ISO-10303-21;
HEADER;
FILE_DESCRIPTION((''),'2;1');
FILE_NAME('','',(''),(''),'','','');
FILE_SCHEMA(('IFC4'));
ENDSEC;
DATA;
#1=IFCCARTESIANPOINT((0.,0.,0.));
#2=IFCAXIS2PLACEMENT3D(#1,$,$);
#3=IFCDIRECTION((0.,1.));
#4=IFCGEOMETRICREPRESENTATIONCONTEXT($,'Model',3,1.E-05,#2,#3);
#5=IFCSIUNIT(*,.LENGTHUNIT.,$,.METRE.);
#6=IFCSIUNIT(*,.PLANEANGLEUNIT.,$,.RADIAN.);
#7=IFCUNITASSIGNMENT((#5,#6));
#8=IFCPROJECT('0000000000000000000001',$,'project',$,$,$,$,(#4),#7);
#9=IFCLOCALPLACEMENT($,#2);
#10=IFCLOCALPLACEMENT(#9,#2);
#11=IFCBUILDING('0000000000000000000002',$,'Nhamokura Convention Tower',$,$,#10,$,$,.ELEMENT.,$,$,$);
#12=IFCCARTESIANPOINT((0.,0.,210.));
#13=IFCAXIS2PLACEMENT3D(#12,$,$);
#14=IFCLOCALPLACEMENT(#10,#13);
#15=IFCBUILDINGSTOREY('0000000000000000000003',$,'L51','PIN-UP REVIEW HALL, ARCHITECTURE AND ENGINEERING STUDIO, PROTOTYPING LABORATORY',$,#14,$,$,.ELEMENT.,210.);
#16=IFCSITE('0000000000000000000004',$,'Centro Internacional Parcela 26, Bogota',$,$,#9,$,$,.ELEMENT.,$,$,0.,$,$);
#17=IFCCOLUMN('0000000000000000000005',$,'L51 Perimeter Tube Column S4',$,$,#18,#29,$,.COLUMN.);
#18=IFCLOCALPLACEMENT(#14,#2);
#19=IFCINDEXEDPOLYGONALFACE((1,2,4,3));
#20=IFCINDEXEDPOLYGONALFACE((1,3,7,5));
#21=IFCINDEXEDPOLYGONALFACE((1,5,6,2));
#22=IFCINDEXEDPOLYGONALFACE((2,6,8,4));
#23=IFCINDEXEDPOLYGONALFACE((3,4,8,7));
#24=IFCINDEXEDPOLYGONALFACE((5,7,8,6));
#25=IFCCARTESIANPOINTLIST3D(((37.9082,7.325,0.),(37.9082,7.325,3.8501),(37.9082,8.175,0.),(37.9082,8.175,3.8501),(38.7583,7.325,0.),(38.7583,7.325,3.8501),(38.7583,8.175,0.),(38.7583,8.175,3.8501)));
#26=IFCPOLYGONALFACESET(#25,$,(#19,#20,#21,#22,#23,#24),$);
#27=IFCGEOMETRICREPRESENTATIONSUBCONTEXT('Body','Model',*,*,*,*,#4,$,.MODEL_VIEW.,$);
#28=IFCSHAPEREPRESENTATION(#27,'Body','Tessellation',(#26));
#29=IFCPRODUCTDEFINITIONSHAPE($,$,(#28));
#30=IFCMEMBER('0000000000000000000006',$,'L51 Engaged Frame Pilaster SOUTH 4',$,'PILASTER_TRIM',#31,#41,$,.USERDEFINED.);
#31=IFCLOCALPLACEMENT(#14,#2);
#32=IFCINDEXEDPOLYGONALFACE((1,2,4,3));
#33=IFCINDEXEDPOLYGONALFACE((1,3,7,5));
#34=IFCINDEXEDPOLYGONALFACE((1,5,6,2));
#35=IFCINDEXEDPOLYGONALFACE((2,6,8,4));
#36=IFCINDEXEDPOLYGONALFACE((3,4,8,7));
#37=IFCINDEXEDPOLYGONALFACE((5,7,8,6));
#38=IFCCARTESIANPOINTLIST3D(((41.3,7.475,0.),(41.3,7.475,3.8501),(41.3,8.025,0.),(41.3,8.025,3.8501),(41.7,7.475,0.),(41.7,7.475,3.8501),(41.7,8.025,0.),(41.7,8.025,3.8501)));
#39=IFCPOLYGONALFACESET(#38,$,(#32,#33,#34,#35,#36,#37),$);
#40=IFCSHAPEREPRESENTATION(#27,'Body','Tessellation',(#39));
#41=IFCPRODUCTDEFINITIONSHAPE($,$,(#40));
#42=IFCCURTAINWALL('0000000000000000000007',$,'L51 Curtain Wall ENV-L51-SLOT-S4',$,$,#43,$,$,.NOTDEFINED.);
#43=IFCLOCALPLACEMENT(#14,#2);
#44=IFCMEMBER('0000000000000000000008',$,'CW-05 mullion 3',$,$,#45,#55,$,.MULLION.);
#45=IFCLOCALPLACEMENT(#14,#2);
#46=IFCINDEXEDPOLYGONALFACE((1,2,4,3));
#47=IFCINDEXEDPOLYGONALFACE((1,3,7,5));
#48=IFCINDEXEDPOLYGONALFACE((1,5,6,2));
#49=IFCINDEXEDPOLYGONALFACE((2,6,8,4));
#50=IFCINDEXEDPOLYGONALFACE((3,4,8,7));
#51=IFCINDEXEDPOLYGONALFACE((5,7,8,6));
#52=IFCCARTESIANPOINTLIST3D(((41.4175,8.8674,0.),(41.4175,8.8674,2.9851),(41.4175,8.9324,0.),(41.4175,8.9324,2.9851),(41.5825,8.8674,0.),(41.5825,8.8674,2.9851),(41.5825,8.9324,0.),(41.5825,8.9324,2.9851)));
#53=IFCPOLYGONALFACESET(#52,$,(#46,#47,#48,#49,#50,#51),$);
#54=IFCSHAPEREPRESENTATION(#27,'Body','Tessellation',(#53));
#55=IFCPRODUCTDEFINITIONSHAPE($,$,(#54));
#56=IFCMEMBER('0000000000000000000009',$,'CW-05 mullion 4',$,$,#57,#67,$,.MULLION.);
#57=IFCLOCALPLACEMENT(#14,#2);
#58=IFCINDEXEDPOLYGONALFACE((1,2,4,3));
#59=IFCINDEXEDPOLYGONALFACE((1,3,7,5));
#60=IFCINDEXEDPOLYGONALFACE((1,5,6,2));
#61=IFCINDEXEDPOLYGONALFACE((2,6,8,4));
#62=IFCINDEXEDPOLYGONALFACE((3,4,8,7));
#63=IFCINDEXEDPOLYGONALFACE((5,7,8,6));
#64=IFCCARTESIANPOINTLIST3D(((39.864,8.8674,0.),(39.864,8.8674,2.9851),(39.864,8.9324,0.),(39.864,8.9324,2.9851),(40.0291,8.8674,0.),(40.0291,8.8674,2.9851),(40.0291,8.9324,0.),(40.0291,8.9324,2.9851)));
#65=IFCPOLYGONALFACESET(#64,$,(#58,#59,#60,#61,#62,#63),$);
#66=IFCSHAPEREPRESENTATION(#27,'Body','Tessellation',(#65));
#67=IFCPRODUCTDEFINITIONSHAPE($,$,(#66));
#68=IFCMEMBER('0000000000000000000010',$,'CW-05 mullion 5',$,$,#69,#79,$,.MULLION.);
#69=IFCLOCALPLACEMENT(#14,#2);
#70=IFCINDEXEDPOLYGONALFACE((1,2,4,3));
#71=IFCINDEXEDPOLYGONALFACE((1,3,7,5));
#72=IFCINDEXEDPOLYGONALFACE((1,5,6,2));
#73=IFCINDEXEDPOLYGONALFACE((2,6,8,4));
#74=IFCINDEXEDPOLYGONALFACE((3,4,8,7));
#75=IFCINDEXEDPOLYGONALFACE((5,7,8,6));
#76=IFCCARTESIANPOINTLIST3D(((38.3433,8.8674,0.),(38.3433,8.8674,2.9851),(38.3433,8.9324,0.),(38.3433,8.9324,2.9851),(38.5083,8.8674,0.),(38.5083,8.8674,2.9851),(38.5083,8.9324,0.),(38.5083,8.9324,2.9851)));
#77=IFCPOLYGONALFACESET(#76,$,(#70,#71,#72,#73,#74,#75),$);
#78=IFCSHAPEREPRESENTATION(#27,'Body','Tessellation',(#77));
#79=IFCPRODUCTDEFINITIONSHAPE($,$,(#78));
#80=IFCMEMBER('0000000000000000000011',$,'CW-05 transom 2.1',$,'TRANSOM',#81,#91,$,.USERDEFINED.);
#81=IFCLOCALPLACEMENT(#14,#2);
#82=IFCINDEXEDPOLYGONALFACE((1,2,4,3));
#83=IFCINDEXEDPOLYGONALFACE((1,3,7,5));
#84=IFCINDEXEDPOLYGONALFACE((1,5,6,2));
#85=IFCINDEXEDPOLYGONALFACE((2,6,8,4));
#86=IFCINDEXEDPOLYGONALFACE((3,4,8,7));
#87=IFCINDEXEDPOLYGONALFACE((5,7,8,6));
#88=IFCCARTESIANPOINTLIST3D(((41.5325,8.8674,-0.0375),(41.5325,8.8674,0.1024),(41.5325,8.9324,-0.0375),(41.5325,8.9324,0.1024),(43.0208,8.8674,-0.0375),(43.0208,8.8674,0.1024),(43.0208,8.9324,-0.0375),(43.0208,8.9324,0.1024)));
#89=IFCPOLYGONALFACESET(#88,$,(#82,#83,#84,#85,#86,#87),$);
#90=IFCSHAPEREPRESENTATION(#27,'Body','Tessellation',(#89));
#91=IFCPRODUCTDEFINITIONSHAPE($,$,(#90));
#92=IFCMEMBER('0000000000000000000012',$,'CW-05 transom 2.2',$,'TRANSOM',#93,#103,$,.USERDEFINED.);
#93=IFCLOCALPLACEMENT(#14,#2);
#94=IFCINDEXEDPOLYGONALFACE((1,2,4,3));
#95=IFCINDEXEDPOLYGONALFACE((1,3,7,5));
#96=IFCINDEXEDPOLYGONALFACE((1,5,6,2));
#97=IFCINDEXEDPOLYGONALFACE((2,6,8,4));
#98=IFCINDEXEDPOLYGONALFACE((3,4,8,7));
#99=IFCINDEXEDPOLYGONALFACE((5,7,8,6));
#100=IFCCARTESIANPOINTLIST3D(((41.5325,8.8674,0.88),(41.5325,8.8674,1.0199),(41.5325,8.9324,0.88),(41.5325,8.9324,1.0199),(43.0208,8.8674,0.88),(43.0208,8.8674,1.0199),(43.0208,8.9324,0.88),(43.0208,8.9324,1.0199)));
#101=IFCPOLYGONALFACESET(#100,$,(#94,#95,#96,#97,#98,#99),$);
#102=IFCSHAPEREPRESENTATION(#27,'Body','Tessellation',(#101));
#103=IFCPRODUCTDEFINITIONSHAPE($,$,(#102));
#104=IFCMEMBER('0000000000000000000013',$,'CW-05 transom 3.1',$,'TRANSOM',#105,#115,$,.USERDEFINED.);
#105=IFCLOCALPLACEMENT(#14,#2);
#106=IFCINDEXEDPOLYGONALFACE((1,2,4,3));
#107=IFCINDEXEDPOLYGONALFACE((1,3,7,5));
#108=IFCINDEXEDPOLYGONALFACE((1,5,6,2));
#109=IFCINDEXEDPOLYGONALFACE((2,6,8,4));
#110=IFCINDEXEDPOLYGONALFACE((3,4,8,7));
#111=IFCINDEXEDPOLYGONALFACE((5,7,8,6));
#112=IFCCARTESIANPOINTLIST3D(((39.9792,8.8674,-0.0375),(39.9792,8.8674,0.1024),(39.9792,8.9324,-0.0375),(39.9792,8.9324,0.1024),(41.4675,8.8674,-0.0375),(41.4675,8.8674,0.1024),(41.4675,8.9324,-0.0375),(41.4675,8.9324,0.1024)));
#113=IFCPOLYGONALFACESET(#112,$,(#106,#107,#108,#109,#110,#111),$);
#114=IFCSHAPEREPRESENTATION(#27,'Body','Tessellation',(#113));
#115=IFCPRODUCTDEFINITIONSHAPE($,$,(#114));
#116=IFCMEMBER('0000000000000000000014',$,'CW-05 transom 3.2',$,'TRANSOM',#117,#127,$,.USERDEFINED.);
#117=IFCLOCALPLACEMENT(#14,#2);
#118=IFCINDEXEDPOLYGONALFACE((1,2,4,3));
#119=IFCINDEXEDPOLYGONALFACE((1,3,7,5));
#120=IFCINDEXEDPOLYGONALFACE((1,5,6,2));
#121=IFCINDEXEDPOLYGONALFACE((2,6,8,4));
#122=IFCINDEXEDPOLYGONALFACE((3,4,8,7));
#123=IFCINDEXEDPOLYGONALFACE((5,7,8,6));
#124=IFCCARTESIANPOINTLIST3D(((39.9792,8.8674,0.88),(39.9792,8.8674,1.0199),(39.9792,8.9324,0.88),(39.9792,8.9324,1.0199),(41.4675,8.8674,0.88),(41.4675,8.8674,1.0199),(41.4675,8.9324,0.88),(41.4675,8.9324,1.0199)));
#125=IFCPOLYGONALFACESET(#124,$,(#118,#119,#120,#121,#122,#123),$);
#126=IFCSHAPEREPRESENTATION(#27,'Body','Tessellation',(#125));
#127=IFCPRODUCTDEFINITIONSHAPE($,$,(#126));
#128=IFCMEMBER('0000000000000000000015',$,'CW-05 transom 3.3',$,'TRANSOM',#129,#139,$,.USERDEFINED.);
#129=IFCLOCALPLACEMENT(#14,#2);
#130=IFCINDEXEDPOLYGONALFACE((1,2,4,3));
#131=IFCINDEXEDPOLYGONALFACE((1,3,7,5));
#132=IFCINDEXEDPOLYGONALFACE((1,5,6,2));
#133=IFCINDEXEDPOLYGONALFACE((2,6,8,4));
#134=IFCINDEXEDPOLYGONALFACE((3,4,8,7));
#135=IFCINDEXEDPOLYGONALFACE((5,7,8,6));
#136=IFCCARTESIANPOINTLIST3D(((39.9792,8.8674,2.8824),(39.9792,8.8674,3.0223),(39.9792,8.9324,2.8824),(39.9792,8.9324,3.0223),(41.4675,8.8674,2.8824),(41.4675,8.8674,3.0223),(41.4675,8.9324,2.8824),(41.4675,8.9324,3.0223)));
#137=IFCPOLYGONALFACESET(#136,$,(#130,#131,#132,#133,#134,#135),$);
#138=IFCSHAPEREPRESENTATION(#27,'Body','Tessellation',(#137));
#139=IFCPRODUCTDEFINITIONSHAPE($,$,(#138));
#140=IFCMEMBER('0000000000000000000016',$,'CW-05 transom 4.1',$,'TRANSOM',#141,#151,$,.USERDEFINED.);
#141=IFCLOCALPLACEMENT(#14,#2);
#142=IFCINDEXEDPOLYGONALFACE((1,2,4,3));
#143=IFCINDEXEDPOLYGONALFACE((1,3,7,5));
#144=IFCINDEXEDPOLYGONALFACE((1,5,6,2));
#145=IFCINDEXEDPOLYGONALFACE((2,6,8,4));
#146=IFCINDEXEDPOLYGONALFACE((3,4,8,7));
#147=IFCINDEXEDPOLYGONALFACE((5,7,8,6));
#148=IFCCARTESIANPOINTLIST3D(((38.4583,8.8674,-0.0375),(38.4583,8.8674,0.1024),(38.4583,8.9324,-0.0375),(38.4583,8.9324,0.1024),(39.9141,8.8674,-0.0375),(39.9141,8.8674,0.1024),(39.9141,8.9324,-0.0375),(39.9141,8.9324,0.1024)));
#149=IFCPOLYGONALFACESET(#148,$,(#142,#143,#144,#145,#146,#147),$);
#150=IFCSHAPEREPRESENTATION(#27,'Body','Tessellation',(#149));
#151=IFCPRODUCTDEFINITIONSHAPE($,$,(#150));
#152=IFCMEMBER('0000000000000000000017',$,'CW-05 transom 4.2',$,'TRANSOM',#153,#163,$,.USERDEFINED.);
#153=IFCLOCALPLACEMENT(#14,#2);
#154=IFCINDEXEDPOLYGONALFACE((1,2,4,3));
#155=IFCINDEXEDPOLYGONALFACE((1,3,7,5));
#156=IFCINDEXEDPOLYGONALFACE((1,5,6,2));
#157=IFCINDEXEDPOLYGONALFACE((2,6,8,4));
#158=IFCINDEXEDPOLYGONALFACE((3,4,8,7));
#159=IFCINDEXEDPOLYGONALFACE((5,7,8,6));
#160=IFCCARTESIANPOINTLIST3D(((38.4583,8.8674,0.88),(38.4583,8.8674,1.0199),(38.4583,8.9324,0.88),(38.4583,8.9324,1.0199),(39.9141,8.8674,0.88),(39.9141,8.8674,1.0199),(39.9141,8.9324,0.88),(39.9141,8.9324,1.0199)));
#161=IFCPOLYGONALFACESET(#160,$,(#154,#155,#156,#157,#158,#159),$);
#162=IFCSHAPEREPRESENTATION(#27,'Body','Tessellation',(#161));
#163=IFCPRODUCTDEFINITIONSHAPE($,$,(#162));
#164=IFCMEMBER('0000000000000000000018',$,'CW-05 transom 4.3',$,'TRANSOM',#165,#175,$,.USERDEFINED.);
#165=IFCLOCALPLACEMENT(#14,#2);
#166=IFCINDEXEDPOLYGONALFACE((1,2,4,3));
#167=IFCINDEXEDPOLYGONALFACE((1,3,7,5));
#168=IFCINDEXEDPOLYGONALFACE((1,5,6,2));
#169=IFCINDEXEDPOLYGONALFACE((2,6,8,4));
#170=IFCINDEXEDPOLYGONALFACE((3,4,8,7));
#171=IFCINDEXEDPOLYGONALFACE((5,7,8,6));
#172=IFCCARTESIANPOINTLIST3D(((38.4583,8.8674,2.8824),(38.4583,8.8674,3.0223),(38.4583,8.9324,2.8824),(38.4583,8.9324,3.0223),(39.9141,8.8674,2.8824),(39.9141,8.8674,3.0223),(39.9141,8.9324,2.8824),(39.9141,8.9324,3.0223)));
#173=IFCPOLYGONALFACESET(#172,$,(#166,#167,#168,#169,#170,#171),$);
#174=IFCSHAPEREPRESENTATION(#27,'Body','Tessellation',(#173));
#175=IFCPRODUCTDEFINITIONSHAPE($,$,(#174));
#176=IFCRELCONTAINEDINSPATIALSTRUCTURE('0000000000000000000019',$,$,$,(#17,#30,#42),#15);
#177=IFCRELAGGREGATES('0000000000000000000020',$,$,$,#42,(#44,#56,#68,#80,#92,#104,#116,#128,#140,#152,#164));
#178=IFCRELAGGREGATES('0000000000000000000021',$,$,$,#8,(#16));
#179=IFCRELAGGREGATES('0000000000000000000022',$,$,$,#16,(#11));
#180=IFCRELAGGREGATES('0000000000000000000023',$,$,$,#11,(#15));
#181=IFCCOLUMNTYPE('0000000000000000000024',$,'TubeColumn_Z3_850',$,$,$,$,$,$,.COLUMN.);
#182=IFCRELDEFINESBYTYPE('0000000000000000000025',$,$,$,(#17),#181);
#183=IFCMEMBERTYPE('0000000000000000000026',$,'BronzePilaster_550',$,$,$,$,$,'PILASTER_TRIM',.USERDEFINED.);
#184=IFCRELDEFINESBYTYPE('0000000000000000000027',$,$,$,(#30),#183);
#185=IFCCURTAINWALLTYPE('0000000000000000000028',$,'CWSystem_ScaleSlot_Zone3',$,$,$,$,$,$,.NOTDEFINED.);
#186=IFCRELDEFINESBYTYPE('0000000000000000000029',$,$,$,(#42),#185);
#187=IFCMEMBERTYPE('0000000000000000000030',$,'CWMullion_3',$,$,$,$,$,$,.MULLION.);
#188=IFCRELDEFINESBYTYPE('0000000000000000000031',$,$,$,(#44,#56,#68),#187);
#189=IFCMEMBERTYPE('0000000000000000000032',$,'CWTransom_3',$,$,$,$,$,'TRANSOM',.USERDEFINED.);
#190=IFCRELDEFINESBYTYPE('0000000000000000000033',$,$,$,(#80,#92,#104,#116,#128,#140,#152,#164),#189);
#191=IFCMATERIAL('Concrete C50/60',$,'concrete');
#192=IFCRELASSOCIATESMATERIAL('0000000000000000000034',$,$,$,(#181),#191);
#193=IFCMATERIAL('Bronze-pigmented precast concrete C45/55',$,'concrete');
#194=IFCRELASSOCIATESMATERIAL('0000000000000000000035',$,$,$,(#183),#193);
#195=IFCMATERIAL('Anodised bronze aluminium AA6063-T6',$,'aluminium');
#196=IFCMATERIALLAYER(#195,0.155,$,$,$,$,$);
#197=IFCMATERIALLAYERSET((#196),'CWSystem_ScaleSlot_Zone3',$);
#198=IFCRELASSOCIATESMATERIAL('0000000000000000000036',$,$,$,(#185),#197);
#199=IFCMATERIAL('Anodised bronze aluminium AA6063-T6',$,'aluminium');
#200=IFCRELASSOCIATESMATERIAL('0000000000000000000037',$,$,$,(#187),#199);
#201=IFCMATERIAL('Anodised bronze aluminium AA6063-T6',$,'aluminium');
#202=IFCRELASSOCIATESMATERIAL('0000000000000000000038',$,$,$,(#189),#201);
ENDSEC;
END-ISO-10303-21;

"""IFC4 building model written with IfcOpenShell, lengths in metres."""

from ifc_helpers import new_model, si_unit, direction, frame, origin, origin_2d, place, context, subcontext, project, spatial, rectangle, extrude, material, layer, layer_set, material_profile, profile_set, type_object, element, aggregate, save


model = new_model("IFC4")

# Units and contexts
model_context = context("Model", 3, precision=1e-05, world=origin(), true_north=direction((0.0, 1.0)))
body_context = subcontext(model_context, "Body", "Model", "MODEL_VIEW")
ifc_project = project(units=[si_unit("LENGTHUNIT", "METRE"), si_unit("PLANEANGLEUNIT", "RADIAN")], contexts=[model_context])

# Site, building, storey
site_placement = place(None, origin())
site = spatial("IfcSite", under=ifc_project, at=site_placement, Name="Centro Internacional Parcela 26, Bogota", CompositionType="ELEMENT", RefElevation=0.0)
building_placement = place(site_placement, origin())
building = spatial("IfcBuilding", under=site, at=building_placement, Name="Nhamokura Convention Tower", CompositionType="ELEMENT")
storey_placement = place(building_placement, frame((0.0, 0.0, 210.0)))
storey = spatial("IfcBuildingStorey", under=building, at=storey_placement, Name="L51", Description="PIN-UP REVIEW HALL, ARCHITECTURE AND ENGINEERING STUDIO, PROTOTYPING LABORATORY", CompositionType="ELEMENT", Elevation=210.0)

# Column
ifc_material_1 = material(Name="Concrete C50/60", Category="concrete")
ifc_material_profile_1 = material_profile(ifc_material_1, rectangle(XDim=0.8501, YDim=0.8501, at=origin_2d()))
ifc_profile_set_1 = profile_set([ifc_material_profile_1], Name="Concrete C50/60")
column_type = type_object("IfcColumnType", Name="TubeColumn_Z3_850", PredefinedType="COLUMN", material=ifc_profile_set_1)
column_placement = place(storey_placement, frame((38.3333, 7.75, 0.0), z_axis=(0.0, 0.0, 1.0), x_axis=(1.0, 0.0, 0.0)))
element("IfcColumn", 1, at=column_placement, inside=storey, type_object=column_type, Name="L51 Perimeter Tube Column S4", PredefinedType="COLUMN", context=body_context, shape_type="SweptSolid", body=[
    extrude(rectangle(XDim=0.8501, YDim=0.8501, at=origin_2d()), origin(), (0.0, 0.0, 1.0), 3.8501),
])

# Member
ifc_material_2 = material(Name="Bronze-pigmented precast concrete C45/55", Category="concrete")
ifc_material_profile_2 = material_profile(ifc_material_2, rectangle(XDim=0.3999, YDim=0.55, at=origin_2d()))
ifc_profile_set_2 = profile_set([ifc_material_profile_2], Name="Bronze-pigmented precast concrete C45/55")
member_type_1 = type_object("IfcMemberType", Name="BronzePilaster_550", ElementType="PILASTER_TRIM", PredefinedType="USERDEFINED", material=ifc_profile_set_2)
member_1_placement = place(storey_placement, frame((41.5, 7.75, 0.0), z_axis=(0.0, 0.0, 1.0), x_axis=(1.0, 0.0, 0.0)))
element("IfcMember", 2, at=member_1_placement, inside=storey, type_object=member_type_1, Name="L51 Engaged Frame Pilaster SOUTH 4", ObjectType="PILASTER_TRIM", PredefinedType="USERDEFINED", context=body_context, shape_type="SweptSolid", body=[
    extrude(rectangle(XDim=0.3999, YDim=0.55, at=origin_2d()), origin(), (0.0, 0.0, 1.0), 3.8501),
])

# Curtain wall, members
ifc_material_3 = material(Name="Anodised bronze aluminium AA6063-T6", Category="aluminium")
ifc_layer_1 = layer(ifc_material_3, 0.155)
ifc_layer_set_1 = layer_set([ifc_layer_1], Name="CWSystem_ScaleSlot_Zone3")
curtain_wall_type = type_object("IfcCurtainWallType", Name="CWSystem_ScaleSlot_Zone3", PredefinedType="NOTDEFINED", material=ifc_layer_set_1)
curtain_wall_placement = place(storey_placement, origin())
curtain_wall = element("IfcCurtainWall", 3, at=curtain_wall_placement, inside=storey, type_object=curtain_wall_type, Name="L51 Curtain Wall ENV-L51-SLOT-S4", PredefinedType="NOTDEFINED")
ifc_material_4 = material(Name="Anodised bronze aluminium AA6063-T6", Category="aluminium")
ifc_material_profile_3 = material_profile(ifc_material_4, rectangle(XDim=0.0649, YDim=0.165, at=origin_2d()))
ifc_profile_set_3 = profile_set([ifc_material_profile_3], Name="Anodised bronze aluminium AA6063-T6")
member_type_2 = type_object("IfcMemberType", Name="CWMullion_3", PredefinedType="MULLION", material=ifc_profile_set_3)
member_2_placement = place(storey_placement, frame((41.5, 8.8999, 0.0), z_axis=(0.0, 0.0, 1.0), x_axis=(0.0, -1.0, 0.0)))
member_2 = element("IfcMember", 4, at=member_2_placement, type_object=member_type_2, Name="CW-05 mullion 3", PredefinedType="MULLION", context=body_context, shape_type="SweptSolid", body=[
    extrude(rectangle(XDim=0.0649, YDim=0.165, at=origin_2d()), origin(), (0.0, 0.0, 1.0), 2.9851),
])
member_3_placement = place(storey_placement, frame((39.9465, 8.8999, 0.0), z_axis=(0.0, 0.0, 1.0), x_axis=(0.0, -1.0, 0.0)))
member_3 = element("IfcMember", 5, at=member_3_placement, type_object=member_type_2, Name="CW-05 mullion 4", PredefinedType="MULLION", context=body_context, shape_type="SweptSolid", body=[
    extrude(rectangle(XDim=0.0649, YDim=0.165, at=origin_2d()), origin(), (0.0, 0.0, 1.0), 2.9851),
])
member_4_placement = place(storey_placement, frame((38.4258, 8.8999, 0.0), z_axis=(0.0, 0.0, 1.0), x_axis=(0.0, -1.0, 0.0)))
member_4 = element("IfcMember", 6, at=member_4_placement, type_object=member_type_2, Name="CW-05 mullion 5", PredefinedType="MULLION", context=body_context, shape_type="SweptSolid", body=[
    extrude(rectangle(XDim=0.0649, YDim=0.165, at=origin_2d()), origin(), (0.0, 0.0, 1.0), 2.9851),
])
ifc_material_5 = material(Name="Anodised bronze aluminium AA6063-T6", Category="aluminium")
ifc_material_profile_4 = material_profile(ifc_material_5, rectangle(XDim=0.0649, YDim=0.1399, at=origin_2d()))
ifc_profile_set_4 = profile_set([ifc_material_profile_4], Name="Anodised bronze aluminium AA6063-T6")
member_type_3 = type_object("IfcMemberType", Name="CWTransom_3", ElementType="TRANSOM", PredefinedType="USERDEFINED", material=ifc_profile_set_4)
member_5_placement = place(storey_placement, frame((43.0208, 8.8999, 0.0325), z_axis=(-1.0, 0.0, 0.0), x_axis=(0.0, -1.0, 0.0)))
member_5 = element("IfcMember", 7, at=member_5_placement, type_object=member_type_3, Name="CW-05 transom 2.1", ObjectType="TRANSOM", PredefinedType="USERDEFINED", context=body_context, shape_type="SweptSolid", body=[
    extrude(rectangle(XDim=0.0649, YDim=0.1399, at=origin_2d()), origin(), (0.0, 0.0, 1.0), 1.4883),
])
member_6_placement = place(storey_placement, frame((43.0208, 8.8999, 0.95), z_axis=(-1.0, 0.0, 0.0), x_axis=(0.0, -1.0, 0.0)))
member_6 = element("IfcMember", 8, at=member_6_placement, type_object=member_type_3, Name="CW-05 transom 2.2", ObjectType="TRANSOM", PredefinedType="USERDEFINED", context=body_context, shape_type="SweptSolid", body=[
    extrude(rectangle(XDim=0.0649, YDim=0.1399, at=origin_2d()), origin(), (0.0, 0.0, 1.0), 1.4883),
])
member_7_placement = place(storey_placement, frame((41.4675, 8.8999, 0.0325), z_axis=(-1.0, 0.0, 0.0), x_axis=(0.0, -1.0, 0.0)))
member_7 = element("IfcMember", 9, at=member_7_placement, type_object=member_type_3, Name="CW-05 transom 3.1", ObjectType="TRANSOM", PredefinedType="USERDEFINED", context=body_context, shape_type="SweptSolid", body=[
    extrude(rectangle(XDim=0.0649, YDim=0.1399, at=origin_2d()), origin(), (0.0, 0.0, 1.0), 1.4883),
])
member_8_placement = place(storey_placement, frame((41.4675, 8.8999, 0.95), z_axis=(-1.0, 0.0, 0.0), x_axis=(0.0, -1.0, 0.0)))
member_8 = element("IfcMember", 10, at=member_8_placement, type_object=member_type_3, Name="CW-05 transom 3.2", ObjectType="TRANSOM", PredefinedType="USERDEFINED", context=body_context, shape_type="SweptSolid", body=[
    extrude(rectangle(XDim=0.0649, YDim=0.1399, at=origin_2d()), origin(), (0.0, 0.0, 1.0), 1.4883),
])
member_9_placement = place(storey_placement, frame((41.4675, 8.8999, 2.9524), z_axis=(-1.0, 0.0, 0.0), x_axis=(0.0, -1.0, 0.0)))
member_9 = element("IfcMember", 11, at=member_9_placement, type_object=member_type_3, Name="CW-05 transom 3.3", ObjectType="TRANSOM", PredefinedType="USERDEFINED", context=body_context, shape_type="SweptSolid", body=[
    extrude(rectangle(XDim=0.0649, YDim=0.1399, at=origin_2d()), origin(), (0.0, 0.0, 1.0), 1.4883),
])
member_10_placement = place(storey_placement, frame((39.9141, 8.8999, 0.0325), z_axis=(-1.0, 0.0, 0.0), x_axis=(0.0, -1.0, 0.0)))
member_10 = element("IfcMember", 12, at=member_10_placement, type_object=member_type_3, Name="CW-05 transom 4.1", ObjectType="TRANSOM", PredefinedType="USERDEFINED", context=body_context, shape_type="SweptSolid", body=[
    extrude(rectangle(XDim=0.0649, YDim=0.1399, at=origin_2d()), origin(), (0.0, 0.0, 1.0), 1.4558),
])
member_11_placement = place(storey_placement, frame((39.9141, 8.8999, 0.95), z_axis=(-1.0, 0.0, 0.0), x_axis=(0.0, -1.0, 0.0)))
member_11 = element("IfcMember", 13, at=member_11_placement, type_object=member_type_3, Name="CW-05 transom 4.2", ObjectType="TRANSOM", PredefinedType="USERDEFINED", context=body_context, shape_type="SweptSolid", body=[
    extrude(rectangle(XDim=0.0649, YDim=0.1399, at=origin_2d()), origin(), (0.0, 0.0, 1.0), 1.4558),
])
member_12_placement = place(storey_placement, frame((39.9141, 8.8999, 2.9524), z_axis=(-1.0, 0.0, 0.0), x_axis=(0.0, -1.0, 0.0)))
member_12 = element("IfcMember", 14, at=member_12_placement, type_object=member_type_3, Name="CW-05 transom 4.3", ObjectType="TRANSOM", PredefinedType="USERDEFINED", context=body_context, shape_type="SweptSolid", body=[
    extrude(rectangle(XDim=0.0649, YDim=0.1399, at=origin_2d()), origin(), (0.0, 0.0, 1.0), 1.4558),
])

aggregate(curtain_wall, [member_2, member_3, member_4, member_5, member_6, member_7, member_8, member_9, member_10, member_11, member_12])

save(model, "model.ifc")
